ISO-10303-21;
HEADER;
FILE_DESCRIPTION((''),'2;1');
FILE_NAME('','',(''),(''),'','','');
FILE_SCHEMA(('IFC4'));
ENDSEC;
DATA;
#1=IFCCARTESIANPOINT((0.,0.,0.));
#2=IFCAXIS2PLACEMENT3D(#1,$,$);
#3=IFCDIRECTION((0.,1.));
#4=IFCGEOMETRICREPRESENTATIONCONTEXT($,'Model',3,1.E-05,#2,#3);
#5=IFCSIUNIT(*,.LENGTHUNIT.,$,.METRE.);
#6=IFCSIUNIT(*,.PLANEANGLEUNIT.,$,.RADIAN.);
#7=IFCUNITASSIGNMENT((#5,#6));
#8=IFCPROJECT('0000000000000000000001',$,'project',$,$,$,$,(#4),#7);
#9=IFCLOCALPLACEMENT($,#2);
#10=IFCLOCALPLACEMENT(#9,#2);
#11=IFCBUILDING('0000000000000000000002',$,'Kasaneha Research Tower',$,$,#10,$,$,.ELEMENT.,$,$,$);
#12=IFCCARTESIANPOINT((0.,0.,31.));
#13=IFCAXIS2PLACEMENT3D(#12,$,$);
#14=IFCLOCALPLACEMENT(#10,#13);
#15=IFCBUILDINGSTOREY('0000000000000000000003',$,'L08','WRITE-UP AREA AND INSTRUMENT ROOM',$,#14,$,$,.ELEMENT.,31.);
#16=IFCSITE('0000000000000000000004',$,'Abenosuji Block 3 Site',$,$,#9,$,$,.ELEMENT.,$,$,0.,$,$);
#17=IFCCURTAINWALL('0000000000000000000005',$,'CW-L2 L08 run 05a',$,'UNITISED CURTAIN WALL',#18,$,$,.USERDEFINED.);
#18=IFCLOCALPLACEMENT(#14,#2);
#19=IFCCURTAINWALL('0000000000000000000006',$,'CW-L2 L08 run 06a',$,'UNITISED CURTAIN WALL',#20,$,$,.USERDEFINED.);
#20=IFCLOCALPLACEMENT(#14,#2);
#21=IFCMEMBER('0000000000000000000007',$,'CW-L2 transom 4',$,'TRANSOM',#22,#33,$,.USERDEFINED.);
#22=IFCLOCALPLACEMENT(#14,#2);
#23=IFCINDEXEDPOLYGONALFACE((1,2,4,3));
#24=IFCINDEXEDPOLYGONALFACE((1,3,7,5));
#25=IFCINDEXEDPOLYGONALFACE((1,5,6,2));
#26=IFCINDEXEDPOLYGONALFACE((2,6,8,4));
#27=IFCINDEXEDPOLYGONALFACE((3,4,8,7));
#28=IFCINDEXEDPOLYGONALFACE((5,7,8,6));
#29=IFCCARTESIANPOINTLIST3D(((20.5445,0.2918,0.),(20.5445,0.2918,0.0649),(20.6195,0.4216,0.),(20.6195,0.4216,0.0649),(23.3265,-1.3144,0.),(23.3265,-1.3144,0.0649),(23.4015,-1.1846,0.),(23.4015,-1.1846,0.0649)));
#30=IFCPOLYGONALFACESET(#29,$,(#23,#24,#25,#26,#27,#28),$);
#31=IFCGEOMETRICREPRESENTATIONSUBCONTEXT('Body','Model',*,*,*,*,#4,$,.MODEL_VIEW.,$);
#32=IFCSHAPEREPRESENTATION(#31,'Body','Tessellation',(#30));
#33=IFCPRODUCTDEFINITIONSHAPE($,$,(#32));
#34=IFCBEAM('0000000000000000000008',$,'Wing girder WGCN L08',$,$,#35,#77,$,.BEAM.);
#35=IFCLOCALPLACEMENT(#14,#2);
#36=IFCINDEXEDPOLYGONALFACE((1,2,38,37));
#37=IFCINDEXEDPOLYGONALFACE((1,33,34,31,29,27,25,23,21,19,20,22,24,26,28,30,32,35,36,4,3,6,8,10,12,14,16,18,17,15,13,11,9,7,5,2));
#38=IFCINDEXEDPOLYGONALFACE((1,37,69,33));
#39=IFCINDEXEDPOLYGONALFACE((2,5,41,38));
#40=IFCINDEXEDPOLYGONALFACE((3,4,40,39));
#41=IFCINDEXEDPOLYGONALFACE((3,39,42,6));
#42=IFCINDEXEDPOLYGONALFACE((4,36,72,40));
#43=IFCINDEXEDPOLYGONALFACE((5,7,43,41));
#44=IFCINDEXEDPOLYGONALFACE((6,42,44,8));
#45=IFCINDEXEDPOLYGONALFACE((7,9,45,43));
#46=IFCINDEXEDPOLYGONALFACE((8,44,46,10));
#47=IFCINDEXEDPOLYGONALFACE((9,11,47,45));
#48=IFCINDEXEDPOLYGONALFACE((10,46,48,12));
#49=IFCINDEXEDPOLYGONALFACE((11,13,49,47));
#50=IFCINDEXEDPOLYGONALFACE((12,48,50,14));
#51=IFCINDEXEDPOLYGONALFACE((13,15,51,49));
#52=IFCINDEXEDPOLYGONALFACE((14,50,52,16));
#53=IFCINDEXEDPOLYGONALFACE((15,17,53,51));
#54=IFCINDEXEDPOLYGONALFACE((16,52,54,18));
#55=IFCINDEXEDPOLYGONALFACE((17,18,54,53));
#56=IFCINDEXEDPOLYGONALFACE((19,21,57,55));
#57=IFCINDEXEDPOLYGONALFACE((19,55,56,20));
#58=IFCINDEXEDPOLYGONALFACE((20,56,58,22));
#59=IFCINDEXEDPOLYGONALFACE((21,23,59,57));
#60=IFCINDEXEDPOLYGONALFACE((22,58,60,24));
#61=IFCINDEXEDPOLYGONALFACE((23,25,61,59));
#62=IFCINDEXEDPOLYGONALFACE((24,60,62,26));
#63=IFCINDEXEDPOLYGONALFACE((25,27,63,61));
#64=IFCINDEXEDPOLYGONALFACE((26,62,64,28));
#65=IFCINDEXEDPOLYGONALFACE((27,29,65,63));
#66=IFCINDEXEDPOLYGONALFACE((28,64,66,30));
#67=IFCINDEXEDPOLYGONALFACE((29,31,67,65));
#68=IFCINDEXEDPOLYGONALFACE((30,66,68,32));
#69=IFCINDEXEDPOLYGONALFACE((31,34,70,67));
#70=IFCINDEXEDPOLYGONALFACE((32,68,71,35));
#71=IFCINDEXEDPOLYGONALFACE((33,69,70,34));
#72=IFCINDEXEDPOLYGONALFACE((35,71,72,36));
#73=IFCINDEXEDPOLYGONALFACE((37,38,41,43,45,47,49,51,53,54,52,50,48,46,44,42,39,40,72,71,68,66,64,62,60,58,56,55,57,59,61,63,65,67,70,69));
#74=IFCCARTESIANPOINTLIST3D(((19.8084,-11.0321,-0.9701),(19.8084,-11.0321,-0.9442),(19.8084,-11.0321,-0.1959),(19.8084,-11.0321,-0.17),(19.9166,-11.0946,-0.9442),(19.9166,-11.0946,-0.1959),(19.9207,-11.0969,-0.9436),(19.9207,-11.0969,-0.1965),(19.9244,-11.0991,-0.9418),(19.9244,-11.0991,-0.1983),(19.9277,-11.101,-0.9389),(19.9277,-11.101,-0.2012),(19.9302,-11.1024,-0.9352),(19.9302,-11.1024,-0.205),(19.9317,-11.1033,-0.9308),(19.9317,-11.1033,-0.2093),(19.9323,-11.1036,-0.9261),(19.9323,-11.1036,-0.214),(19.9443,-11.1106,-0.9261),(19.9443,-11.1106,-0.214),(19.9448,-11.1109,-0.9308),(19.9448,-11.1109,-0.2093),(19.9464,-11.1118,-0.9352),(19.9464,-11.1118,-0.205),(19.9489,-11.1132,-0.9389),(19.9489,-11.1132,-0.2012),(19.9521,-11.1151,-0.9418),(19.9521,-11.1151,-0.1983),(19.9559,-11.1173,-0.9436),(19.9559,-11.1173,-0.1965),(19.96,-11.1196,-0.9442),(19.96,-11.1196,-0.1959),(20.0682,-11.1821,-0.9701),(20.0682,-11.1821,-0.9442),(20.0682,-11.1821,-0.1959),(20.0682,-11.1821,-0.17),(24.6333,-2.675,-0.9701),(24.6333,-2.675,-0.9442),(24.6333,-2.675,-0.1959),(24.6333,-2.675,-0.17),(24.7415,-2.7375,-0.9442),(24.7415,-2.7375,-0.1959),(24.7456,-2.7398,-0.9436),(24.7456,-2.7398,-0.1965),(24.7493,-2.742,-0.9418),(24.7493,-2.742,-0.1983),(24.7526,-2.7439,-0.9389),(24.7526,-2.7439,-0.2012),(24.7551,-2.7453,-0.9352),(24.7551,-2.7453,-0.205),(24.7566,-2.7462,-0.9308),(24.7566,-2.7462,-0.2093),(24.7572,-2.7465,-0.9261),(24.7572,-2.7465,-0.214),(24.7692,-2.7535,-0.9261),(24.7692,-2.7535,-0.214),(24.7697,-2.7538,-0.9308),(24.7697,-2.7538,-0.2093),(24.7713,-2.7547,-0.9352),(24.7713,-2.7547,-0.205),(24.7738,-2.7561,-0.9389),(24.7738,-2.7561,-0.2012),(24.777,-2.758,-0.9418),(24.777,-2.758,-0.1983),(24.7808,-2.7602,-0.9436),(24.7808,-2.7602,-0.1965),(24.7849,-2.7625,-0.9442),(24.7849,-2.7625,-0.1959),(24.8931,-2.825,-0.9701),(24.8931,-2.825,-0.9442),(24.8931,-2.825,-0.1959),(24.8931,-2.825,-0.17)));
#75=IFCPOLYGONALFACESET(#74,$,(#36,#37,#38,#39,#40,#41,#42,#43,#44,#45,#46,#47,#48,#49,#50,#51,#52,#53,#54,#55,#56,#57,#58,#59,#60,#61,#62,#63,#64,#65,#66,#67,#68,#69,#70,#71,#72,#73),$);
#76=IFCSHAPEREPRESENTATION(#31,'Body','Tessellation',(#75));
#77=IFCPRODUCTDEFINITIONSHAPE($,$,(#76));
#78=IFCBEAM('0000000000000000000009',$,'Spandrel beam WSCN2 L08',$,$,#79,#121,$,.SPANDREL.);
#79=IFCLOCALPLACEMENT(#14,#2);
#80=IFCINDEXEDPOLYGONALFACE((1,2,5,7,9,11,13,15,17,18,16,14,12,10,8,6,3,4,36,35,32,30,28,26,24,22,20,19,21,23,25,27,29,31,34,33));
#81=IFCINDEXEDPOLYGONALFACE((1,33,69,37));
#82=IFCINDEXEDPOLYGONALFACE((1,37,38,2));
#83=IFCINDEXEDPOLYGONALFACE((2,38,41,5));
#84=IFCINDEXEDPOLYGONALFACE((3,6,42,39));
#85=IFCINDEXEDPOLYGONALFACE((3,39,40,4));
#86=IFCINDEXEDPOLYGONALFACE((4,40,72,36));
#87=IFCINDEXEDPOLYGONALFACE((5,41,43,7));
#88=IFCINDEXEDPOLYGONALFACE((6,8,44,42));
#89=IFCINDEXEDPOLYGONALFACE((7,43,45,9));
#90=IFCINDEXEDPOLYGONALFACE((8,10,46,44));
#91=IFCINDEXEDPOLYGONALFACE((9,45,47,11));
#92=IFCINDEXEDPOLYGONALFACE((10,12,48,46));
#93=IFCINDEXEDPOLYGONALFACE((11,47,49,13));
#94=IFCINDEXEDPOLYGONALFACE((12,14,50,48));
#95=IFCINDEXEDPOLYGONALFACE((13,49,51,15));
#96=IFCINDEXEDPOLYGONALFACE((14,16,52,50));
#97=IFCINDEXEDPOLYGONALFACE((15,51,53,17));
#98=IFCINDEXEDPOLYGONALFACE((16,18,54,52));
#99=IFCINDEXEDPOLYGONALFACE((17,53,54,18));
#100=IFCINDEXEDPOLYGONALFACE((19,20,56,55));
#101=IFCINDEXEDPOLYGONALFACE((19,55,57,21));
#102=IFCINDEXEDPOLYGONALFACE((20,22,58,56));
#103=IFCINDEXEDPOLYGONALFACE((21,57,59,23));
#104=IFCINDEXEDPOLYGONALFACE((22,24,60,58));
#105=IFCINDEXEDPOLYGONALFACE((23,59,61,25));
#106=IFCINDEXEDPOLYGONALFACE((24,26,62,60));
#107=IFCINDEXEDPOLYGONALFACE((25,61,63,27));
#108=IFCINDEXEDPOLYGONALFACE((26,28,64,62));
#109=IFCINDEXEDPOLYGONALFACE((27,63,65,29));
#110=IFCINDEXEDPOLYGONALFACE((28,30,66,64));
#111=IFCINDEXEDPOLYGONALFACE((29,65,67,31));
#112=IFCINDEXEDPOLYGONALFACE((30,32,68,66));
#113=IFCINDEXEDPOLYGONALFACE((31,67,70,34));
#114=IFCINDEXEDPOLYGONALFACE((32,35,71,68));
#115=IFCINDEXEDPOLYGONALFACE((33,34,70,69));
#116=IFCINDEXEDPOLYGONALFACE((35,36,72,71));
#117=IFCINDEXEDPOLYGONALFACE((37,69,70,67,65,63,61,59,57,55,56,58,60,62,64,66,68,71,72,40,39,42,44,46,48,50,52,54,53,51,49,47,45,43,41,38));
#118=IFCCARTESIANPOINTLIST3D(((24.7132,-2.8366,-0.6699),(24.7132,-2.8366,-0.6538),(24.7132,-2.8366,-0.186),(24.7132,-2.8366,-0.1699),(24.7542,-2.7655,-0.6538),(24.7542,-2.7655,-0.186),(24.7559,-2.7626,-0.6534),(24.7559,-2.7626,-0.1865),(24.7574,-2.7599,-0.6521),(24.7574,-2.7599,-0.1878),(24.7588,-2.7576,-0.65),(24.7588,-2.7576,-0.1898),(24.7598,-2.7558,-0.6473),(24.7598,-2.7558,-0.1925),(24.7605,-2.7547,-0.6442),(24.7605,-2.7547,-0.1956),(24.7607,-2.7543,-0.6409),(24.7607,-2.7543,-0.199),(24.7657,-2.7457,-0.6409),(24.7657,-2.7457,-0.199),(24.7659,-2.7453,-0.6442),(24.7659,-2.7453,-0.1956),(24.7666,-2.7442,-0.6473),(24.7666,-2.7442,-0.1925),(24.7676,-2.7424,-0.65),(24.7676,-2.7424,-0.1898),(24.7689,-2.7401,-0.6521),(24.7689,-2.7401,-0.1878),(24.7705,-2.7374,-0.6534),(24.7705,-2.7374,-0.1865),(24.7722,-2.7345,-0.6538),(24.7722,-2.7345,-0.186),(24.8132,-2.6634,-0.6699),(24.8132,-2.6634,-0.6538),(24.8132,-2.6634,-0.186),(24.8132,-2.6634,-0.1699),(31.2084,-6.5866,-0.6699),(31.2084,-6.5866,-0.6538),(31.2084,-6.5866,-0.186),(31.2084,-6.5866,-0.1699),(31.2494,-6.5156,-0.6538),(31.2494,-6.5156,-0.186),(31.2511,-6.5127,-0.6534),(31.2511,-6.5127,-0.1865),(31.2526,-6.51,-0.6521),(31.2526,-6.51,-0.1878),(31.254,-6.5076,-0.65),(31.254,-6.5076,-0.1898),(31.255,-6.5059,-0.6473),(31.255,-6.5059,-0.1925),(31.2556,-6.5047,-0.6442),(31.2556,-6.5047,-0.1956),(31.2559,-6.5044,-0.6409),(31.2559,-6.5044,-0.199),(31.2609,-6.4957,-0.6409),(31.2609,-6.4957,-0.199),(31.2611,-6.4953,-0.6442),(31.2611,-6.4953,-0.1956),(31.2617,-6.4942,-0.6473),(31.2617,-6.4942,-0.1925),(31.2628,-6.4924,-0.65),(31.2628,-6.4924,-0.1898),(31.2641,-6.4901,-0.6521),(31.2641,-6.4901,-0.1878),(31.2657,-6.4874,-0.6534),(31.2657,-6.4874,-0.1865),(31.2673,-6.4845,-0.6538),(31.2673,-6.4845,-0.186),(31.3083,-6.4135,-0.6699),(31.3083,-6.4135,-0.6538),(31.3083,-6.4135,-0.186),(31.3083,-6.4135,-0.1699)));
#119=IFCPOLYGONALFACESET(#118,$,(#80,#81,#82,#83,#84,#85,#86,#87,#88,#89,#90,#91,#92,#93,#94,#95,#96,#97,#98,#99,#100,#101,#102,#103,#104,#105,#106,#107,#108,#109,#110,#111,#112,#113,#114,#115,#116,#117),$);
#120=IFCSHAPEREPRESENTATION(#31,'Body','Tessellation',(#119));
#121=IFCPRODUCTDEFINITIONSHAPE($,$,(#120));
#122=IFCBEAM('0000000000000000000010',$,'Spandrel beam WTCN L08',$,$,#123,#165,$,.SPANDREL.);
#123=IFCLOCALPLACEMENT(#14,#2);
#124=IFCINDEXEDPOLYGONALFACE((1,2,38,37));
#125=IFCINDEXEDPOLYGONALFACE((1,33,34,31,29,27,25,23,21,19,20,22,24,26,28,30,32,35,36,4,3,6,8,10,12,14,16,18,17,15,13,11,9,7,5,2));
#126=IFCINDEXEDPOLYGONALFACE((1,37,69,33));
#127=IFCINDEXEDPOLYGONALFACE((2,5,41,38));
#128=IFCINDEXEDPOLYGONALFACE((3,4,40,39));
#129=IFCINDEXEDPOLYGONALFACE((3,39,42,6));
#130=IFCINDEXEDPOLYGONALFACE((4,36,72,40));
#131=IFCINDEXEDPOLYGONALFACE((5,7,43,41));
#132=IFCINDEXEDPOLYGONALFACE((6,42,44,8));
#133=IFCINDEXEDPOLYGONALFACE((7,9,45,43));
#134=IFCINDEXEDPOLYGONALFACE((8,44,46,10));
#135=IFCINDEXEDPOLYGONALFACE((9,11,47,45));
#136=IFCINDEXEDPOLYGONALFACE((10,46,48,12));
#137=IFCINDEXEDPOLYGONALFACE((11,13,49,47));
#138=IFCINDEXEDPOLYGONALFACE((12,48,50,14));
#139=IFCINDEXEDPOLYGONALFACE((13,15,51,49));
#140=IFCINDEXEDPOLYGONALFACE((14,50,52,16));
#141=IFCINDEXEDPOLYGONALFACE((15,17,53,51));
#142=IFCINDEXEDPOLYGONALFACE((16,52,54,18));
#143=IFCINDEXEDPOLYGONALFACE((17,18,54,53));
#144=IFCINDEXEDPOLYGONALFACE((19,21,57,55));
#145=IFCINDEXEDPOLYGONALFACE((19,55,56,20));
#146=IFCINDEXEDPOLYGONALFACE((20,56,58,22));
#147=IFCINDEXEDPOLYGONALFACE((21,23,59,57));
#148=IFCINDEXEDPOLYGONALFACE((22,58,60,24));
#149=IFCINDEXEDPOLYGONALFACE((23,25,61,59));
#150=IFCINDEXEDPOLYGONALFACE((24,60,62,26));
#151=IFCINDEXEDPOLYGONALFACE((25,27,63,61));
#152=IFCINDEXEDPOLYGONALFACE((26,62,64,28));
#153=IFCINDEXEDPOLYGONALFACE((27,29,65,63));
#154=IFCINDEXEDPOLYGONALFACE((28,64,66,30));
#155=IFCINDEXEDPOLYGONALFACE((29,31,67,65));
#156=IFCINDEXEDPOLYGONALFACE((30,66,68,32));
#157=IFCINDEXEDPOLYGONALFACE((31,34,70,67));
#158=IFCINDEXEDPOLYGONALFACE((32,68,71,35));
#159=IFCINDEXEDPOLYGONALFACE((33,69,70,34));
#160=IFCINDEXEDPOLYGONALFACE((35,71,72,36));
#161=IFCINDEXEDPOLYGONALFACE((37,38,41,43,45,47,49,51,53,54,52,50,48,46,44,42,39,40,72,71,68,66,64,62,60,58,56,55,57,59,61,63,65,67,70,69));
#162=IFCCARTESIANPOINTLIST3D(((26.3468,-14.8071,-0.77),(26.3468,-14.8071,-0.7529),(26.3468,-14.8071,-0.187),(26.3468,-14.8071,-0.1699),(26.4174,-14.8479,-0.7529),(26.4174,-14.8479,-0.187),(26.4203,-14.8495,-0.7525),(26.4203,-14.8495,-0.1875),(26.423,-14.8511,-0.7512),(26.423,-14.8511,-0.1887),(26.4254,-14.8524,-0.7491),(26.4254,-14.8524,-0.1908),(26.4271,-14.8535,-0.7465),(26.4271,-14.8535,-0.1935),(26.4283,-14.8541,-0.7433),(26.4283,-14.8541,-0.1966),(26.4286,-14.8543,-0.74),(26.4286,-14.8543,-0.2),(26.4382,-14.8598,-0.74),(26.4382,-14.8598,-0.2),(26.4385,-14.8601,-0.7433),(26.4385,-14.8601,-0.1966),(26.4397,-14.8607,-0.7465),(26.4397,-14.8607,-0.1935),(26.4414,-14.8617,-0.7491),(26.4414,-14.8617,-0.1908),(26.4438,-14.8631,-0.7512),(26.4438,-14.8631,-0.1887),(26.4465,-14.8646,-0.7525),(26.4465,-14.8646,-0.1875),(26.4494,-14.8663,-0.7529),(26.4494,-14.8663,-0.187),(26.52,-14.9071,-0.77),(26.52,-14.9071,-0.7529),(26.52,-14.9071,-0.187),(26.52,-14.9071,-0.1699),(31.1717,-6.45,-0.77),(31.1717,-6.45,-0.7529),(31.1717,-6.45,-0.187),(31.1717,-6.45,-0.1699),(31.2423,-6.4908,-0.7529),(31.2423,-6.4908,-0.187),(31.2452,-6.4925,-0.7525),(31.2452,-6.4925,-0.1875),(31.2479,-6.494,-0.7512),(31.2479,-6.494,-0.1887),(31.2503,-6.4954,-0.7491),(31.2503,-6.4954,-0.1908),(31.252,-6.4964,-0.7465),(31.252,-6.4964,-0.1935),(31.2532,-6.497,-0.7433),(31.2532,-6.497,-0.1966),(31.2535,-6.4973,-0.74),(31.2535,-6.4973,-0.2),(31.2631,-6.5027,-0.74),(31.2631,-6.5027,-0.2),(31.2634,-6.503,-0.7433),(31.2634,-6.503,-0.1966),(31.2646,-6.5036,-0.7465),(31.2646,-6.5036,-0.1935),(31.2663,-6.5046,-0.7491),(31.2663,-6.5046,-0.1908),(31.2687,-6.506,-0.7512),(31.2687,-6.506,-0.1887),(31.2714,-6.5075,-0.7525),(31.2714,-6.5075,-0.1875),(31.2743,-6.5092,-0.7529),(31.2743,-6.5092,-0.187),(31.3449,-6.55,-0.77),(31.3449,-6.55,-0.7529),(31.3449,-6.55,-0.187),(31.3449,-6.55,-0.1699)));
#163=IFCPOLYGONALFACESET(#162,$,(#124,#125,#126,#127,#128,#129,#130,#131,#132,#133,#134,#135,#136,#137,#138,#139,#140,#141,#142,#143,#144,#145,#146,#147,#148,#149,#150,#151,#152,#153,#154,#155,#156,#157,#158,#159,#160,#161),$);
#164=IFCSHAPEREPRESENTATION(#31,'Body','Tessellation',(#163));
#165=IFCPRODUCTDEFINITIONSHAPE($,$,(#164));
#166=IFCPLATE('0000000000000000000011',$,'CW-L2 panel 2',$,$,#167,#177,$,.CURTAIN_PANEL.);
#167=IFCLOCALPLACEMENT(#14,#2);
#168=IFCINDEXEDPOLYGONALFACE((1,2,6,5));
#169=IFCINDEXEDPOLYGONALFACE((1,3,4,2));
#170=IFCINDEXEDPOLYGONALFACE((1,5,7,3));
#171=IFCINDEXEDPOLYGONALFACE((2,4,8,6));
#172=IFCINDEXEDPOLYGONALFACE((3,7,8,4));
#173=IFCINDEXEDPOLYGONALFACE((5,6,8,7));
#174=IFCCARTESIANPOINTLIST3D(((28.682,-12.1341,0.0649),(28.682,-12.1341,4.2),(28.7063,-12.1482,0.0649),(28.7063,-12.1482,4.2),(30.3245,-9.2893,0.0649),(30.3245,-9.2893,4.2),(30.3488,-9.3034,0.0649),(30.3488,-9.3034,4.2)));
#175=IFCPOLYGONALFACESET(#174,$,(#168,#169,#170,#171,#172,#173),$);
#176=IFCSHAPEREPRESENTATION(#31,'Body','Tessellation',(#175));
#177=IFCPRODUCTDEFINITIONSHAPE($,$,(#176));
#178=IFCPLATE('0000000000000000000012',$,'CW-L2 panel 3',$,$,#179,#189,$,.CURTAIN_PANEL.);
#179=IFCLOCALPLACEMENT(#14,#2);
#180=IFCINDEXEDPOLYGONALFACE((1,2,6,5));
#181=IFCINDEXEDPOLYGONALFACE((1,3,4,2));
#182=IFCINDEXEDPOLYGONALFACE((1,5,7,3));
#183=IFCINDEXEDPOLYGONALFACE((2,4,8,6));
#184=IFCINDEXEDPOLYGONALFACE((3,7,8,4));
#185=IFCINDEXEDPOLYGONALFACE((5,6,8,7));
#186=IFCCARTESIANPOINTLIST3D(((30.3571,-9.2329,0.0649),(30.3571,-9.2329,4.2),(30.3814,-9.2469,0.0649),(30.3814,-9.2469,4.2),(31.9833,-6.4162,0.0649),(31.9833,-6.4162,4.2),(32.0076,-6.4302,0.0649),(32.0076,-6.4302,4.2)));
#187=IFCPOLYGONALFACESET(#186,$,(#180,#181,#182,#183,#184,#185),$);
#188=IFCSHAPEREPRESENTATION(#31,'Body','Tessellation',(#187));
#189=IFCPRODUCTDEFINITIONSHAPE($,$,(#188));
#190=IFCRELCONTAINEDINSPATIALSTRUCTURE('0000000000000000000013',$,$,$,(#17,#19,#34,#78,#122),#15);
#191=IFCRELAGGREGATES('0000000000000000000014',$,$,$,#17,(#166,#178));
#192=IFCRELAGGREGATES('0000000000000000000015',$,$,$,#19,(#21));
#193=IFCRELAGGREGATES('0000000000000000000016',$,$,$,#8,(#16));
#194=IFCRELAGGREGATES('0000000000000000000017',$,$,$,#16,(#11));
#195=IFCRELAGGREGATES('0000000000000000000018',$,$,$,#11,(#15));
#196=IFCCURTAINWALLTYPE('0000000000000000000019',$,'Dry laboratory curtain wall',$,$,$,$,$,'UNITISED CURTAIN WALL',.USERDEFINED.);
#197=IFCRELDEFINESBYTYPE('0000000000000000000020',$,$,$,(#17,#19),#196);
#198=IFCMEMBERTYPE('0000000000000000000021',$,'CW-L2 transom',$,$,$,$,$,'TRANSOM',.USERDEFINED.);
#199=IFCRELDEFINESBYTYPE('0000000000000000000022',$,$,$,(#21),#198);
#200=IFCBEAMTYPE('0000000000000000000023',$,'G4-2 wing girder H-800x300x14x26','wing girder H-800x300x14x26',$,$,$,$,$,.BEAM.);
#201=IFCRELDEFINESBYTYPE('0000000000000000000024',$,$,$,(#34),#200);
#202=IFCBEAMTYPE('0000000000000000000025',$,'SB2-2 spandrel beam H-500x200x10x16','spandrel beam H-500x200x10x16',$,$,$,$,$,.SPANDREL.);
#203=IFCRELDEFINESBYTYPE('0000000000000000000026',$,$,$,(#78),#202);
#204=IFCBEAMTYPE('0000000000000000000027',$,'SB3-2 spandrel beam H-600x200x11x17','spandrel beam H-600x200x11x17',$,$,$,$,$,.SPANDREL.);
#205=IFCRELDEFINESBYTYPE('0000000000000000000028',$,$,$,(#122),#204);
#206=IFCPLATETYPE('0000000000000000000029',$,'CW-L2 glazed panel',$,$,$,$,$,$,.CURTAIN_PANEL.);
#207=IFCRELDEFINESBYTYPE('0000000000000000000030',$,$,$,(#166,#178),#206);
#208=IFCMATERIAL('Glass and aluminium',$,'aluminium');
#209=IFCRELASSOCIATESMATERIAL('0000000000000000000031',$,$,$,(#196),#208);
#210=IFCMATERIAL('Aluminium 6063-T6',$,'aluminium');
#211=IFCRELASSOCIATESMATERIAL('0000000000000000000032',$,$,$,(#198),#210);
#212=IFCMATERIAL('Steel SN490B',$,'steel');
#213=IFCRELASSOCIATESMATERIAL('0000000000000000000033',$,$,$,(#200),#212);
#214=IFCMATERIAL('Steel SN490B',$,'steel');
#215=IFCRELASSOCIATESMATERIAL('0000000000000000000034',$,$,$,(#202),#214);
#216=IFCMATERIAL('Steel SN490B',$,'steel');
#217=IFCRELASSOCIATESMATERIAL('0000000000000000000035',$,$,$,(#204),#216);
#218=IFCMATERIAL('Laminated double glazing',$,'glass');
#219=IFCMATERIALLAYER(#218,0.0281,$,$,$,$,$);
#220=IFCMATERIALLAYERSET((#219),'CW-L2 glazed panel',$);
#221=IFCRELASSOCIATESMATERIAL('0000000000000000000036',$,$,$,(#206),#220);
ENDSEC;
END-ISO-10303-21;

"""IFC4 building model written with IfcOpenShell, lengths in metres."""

from ifc_helpers import new_model, si_unit, direction, frame, origin, origin_2d, place, context, subcontext, project, spatial, rectangle, i_section, extrude, material, layer, layer_set, material_profile, profile_set, type_object, element, aggregate, save


model = new_model("IFC4")

# Units and contexts
model_context = context("Model", 3, precision=1e-05, world=origin(), true_north=direction((0.0, 1.0)))
body_context = subcontext(model_context, "Body", "Model", "MODEL_VIEW")
ifc_project = project(units=[si_unit("LENGTHUNIT", "METRE"), si_unit("PLANEANGLEUNIT", "RADIAN")], contexts=[model_context])

# Site, building, storey
site_placement = place(None, origin())
site = spatial("IfcSite", under=ifc_project, at=site_placement, Name="Abenosuji Block 3 Site", CompositionType="ELEMENT", RefElevation=0.0)
building_placement = place(site_placement, origin())
building = spatial("IfcBuilding", under=site, at=building_placement, Name="Kasaneha Research Tower", CompositionType="ELEMENT")
storey_placement = place(building_placement, frame((0.0, 0.0, 31.0)))
storey = spatial("IfcBuildingStorey", under=building, at=storey_placement, Name="L08", Description="WRITE-UP AREA AND INSTRUMENT ROOM", CompositionType="ELEMENT", Elevation=31.0)

# Curtain walls
ifc_material_1 = material(Name="Glass and aluminium", Category="aluminium")
curtain_wall_type = type_object("IfcCurtainWallType", Name="Dry laboratory curtain wall", ElementType="UNITISED CURTAIN WALL", PredefinedType="USERDEFINED", material=ifc_material_1)
curtain_wall_1_placement = place(storey_placement, origin())
curtain_wall_1 = element("IfcCurtainWall", 1, at=curtain_wall_1_placement, inside=storey, type_object=curtain_wall_type, Name="CW-L2 L08 run 05a", ObjectType="UNITISED CURTAIN WALL", PredefinedType="USERDEFINED")
curtain_wall_2_placement = place(storey_placement, origin())
curtain_wall_2 = element("IfcCurtainWall", 2, at=curtain_wall_2_placement, inside=storey, type_object=curtain_wall_type, Name="CW-L2 L08 run 06a", ObjectType="UNITISED CURTAIN WALL", PredefinedType="USERDEFINED")

# Member
ifc_material_2 = material(Name="Aluminium 6063-T6", Category="aluminium")
ifc_material_profile_1 = material_profile(ifc_material_2, rectangle(XDim=0.1499, YDim=0.0649, at=origin_2d()), Name="CW-L2 transom 150x65")
ifc_profile_set_1 = profile_set([ifc_material_profile_1], Name="Aluminium 6063-T6")
member_type_1 = type_object("IfcMemberType", Name="CW-L2 transom", ElementType="TRANSOM", PredefinedType="USERDEFINED", material=ifc_profile_set_1)
member_1_placement = place(storey_placement, frame((23.364, -1.2495, 0.0325), z_axis=(-0.866022, 0.500005, 0.0), x_axis=(-0.500005, -0.866022, 0.0)))
member_1 = element("IfcMember", 3, at=member_1_placement, type_object=member_type_1, Name="CW-L2 transom 4", ObjectType="TRANSOM", PredefinedType="USERDEFINED", context=body_context, shape_type="SweptSolid", body=[
    extrude(rectangle(XDim=0.1499, YDim=0.0649, at=origin_2d()), origin(), (0.0, 0.0, 1.0), 3.2124),
])

# Beams
ifc_material_3 = material(Name="Steel SN490B", Category="steel")
ifc_material_profile_2 = material_profile(ifc_material_3, i_section(OverallWidth=0.3, OverallDepth=0.8, WebThickness=0.0139, FlangeThickness=0.0259, FilletRadius=0.0181, at=origin_2d()), Name="H-800x300x14x26")
ifc_profile_set_2 = profile_set([ifc_material_profile_2], Name="Steel SN490B")
beam_type_1 = type_object("IfcBeamType", Name="G4-2 wing girder H-800x300x14x26", Description="wing girder H-800x300x14x26", PredefinedType="BEAM", material=ifc_profile_set_2)
beam_1_placement = place(storey_placement, frame((24.7632, -2.75, -0.5701), z_axis=(-0.499995, -0.866028, 0.0), x_axis=(0.866028, -0.499995, 0.0)))
element("IfcBeam", 4, at=beam_1_placement, inside=storey, type_object=beam_type_1, Name="Wing girder WGCN L08", PredefinedType="BEAM", context=body_context, shape_type="SweptSolid", body=[
    extrude(i_section(OverallWidth=0.3, OverallDepth=0.8, WebThickness=0.0139, FlangeThickness=0.0259, FilletRadius=0.0181, at=origin_2d()), origin(), (0.0, 0.0, 1.0), 9.6499),
])
ifc_material_4 = material(Name="Steel SN490B", Category="steel")
ifc_material_profile_3 = material_profile(ifc_material_4, i_section(OverallWidth=0.2, OverallDepth=0.5, WebThickness=0.01, FlangeThickness=0.0161, FilletRadius=0.0129, at=origin_2d()), Name="H-500x200x10x16")
ifc_profile_set_3 = profile_set([ifc_material_profile_3], Name="Steel SN490B")
beam_type_2 = type_object("IfcBeamType", Name="SB2-2 spandrel beam H-500x200x10x16", Description="spandrel beam H-500x200x10x16", PredefinedType="SPANDREL", material=ifc_profile_set_3)
beam_2_placement = place(storey_placement, frame((24.7632, -2.75, -0.4199), z_axis=(0.866023, -0.500004, 0.0), x_axis=(0.500004, 0.866023, 0.0)))
element("IfcBeam", 5, at=beam_2_placement, inside=storey, type_object=beam_type_2, Name="Spandrel beam WSCN2 L08", PredefinedType="SPANDREL", context=body_context, shape_type="SweptSolid", body=[
    extrude(i_section(OverallWidth=0.2, OverallDepth=0.5, WebThickness=0.01, FlangeThickness=0.0161, FilletRadius=0.0129, at=origin_2d()), origin(), (0.0, 0.0, 1.0), 7.5),
])
ifc_material_5 = material(Name="Steel SN490B", Category="steel")
ifc_material_profile_4 = material_profile(ifc_material_5, i_section(OverallWidth=0.2, OverallDepth=0.6001, WebThickness=0.011, FlangeThickness=0.0171, FilletRadius=0.0129, at=origin_2d()), Name="H-600x200x11x17")
ifc_profile_set_4 = profile_set([ifc_material_profile_4], Name="Steel SN490B")
beam_type_3 = type_object("IfcBeamType", Name="SB3-2 spandrel beam H-600x200x11x17", Description="spandrel beam H-600x200x11x17", PredefinedType="SPANDREL", material=ifc_profile_set_4)
beam_3_placement = place(storey_placement, frame((31.2583, -6.5, -0.47), z_axis=(-0.499995, -0.866028, 0.0), x_axis=(0.866028, -0.499995, 0.0)))
element("IfcBeam", 6, at=beam_3_placement, inside=storey, type_object=beam_type_3, Name="Spandrel beam WTCN L08", PredefinedType="SPANDREL", context=body_context, shape_type="SweptSolid", body=[
    extrude(i_section(OverallWidth=0.2, OverallDepth=0.6001, WebThickness=0.011, FlangeThickness=0.0171, FilletRadius=0.0129, at=origin_2d()), origin(), (0.0, 0.0, 1.0), 9.6499),
])

# Plates
ifc_material_6 = material(Name="Laminated double glazing", Category="glass")
ifc_layer_1 = layer(ifc_material_6, 0.0281)
ifc_layer_set_1 = layer_set([ifc_layer_1], Name="CW-L2 glazed panel")
plate_type = type_object("IfcPlateType", Name="CW-L2 glazed panel", PredefinedType="CURTAIN_PANEL", material=ifc_layer_set_1)
plate_1_placement = place(storey_placement, frame((29.5154, -10.7188, 0.0649), z_axis=(0.0, 0.0, 1.0), x_axis=(0.5, 0.866025, 0.0)))
plate_1 = element("IfcPlate", 7, at=plate_1_placement, type_object=plate_type, Name="CW-L2 panel 2", PredefinedType="CURTAIN_PANEL", context=body_context, shape_type="SweptSolid", body=[
    extrude(rectangle(XDim=3.2849, YDim=0.0281, at=origin_2d()), origin(), (0.0, 0.0, 1.0), 4.135),
])
plate_2_placement = place(storey_placement, frame((31.1824, -7.8315, 0.0649), z_axis=(0.0, 0.0, 1.0), x_axis=(0.5, 0.866025, 0.0)))
plate_2 = element("IfcPlate", 8, at=plate_2_placement, type_object=plate_type, Name="CW-L2 panel 3", PredefinedType="CURTAIN_PANEL", context=body_context, shape_type="SweptSolid", body=[
    extrude(rectangle(XDim=3.2524, YDim=0.0281, at=origin_2d()), origin(), (0.0, 0.0, 1.0), 4.135),
])
aggregate(curtain_wall_1, [plate_1, plate_2])
aggregate(curtain_wall_2, [member_1])

save(model, "model.ifc")
